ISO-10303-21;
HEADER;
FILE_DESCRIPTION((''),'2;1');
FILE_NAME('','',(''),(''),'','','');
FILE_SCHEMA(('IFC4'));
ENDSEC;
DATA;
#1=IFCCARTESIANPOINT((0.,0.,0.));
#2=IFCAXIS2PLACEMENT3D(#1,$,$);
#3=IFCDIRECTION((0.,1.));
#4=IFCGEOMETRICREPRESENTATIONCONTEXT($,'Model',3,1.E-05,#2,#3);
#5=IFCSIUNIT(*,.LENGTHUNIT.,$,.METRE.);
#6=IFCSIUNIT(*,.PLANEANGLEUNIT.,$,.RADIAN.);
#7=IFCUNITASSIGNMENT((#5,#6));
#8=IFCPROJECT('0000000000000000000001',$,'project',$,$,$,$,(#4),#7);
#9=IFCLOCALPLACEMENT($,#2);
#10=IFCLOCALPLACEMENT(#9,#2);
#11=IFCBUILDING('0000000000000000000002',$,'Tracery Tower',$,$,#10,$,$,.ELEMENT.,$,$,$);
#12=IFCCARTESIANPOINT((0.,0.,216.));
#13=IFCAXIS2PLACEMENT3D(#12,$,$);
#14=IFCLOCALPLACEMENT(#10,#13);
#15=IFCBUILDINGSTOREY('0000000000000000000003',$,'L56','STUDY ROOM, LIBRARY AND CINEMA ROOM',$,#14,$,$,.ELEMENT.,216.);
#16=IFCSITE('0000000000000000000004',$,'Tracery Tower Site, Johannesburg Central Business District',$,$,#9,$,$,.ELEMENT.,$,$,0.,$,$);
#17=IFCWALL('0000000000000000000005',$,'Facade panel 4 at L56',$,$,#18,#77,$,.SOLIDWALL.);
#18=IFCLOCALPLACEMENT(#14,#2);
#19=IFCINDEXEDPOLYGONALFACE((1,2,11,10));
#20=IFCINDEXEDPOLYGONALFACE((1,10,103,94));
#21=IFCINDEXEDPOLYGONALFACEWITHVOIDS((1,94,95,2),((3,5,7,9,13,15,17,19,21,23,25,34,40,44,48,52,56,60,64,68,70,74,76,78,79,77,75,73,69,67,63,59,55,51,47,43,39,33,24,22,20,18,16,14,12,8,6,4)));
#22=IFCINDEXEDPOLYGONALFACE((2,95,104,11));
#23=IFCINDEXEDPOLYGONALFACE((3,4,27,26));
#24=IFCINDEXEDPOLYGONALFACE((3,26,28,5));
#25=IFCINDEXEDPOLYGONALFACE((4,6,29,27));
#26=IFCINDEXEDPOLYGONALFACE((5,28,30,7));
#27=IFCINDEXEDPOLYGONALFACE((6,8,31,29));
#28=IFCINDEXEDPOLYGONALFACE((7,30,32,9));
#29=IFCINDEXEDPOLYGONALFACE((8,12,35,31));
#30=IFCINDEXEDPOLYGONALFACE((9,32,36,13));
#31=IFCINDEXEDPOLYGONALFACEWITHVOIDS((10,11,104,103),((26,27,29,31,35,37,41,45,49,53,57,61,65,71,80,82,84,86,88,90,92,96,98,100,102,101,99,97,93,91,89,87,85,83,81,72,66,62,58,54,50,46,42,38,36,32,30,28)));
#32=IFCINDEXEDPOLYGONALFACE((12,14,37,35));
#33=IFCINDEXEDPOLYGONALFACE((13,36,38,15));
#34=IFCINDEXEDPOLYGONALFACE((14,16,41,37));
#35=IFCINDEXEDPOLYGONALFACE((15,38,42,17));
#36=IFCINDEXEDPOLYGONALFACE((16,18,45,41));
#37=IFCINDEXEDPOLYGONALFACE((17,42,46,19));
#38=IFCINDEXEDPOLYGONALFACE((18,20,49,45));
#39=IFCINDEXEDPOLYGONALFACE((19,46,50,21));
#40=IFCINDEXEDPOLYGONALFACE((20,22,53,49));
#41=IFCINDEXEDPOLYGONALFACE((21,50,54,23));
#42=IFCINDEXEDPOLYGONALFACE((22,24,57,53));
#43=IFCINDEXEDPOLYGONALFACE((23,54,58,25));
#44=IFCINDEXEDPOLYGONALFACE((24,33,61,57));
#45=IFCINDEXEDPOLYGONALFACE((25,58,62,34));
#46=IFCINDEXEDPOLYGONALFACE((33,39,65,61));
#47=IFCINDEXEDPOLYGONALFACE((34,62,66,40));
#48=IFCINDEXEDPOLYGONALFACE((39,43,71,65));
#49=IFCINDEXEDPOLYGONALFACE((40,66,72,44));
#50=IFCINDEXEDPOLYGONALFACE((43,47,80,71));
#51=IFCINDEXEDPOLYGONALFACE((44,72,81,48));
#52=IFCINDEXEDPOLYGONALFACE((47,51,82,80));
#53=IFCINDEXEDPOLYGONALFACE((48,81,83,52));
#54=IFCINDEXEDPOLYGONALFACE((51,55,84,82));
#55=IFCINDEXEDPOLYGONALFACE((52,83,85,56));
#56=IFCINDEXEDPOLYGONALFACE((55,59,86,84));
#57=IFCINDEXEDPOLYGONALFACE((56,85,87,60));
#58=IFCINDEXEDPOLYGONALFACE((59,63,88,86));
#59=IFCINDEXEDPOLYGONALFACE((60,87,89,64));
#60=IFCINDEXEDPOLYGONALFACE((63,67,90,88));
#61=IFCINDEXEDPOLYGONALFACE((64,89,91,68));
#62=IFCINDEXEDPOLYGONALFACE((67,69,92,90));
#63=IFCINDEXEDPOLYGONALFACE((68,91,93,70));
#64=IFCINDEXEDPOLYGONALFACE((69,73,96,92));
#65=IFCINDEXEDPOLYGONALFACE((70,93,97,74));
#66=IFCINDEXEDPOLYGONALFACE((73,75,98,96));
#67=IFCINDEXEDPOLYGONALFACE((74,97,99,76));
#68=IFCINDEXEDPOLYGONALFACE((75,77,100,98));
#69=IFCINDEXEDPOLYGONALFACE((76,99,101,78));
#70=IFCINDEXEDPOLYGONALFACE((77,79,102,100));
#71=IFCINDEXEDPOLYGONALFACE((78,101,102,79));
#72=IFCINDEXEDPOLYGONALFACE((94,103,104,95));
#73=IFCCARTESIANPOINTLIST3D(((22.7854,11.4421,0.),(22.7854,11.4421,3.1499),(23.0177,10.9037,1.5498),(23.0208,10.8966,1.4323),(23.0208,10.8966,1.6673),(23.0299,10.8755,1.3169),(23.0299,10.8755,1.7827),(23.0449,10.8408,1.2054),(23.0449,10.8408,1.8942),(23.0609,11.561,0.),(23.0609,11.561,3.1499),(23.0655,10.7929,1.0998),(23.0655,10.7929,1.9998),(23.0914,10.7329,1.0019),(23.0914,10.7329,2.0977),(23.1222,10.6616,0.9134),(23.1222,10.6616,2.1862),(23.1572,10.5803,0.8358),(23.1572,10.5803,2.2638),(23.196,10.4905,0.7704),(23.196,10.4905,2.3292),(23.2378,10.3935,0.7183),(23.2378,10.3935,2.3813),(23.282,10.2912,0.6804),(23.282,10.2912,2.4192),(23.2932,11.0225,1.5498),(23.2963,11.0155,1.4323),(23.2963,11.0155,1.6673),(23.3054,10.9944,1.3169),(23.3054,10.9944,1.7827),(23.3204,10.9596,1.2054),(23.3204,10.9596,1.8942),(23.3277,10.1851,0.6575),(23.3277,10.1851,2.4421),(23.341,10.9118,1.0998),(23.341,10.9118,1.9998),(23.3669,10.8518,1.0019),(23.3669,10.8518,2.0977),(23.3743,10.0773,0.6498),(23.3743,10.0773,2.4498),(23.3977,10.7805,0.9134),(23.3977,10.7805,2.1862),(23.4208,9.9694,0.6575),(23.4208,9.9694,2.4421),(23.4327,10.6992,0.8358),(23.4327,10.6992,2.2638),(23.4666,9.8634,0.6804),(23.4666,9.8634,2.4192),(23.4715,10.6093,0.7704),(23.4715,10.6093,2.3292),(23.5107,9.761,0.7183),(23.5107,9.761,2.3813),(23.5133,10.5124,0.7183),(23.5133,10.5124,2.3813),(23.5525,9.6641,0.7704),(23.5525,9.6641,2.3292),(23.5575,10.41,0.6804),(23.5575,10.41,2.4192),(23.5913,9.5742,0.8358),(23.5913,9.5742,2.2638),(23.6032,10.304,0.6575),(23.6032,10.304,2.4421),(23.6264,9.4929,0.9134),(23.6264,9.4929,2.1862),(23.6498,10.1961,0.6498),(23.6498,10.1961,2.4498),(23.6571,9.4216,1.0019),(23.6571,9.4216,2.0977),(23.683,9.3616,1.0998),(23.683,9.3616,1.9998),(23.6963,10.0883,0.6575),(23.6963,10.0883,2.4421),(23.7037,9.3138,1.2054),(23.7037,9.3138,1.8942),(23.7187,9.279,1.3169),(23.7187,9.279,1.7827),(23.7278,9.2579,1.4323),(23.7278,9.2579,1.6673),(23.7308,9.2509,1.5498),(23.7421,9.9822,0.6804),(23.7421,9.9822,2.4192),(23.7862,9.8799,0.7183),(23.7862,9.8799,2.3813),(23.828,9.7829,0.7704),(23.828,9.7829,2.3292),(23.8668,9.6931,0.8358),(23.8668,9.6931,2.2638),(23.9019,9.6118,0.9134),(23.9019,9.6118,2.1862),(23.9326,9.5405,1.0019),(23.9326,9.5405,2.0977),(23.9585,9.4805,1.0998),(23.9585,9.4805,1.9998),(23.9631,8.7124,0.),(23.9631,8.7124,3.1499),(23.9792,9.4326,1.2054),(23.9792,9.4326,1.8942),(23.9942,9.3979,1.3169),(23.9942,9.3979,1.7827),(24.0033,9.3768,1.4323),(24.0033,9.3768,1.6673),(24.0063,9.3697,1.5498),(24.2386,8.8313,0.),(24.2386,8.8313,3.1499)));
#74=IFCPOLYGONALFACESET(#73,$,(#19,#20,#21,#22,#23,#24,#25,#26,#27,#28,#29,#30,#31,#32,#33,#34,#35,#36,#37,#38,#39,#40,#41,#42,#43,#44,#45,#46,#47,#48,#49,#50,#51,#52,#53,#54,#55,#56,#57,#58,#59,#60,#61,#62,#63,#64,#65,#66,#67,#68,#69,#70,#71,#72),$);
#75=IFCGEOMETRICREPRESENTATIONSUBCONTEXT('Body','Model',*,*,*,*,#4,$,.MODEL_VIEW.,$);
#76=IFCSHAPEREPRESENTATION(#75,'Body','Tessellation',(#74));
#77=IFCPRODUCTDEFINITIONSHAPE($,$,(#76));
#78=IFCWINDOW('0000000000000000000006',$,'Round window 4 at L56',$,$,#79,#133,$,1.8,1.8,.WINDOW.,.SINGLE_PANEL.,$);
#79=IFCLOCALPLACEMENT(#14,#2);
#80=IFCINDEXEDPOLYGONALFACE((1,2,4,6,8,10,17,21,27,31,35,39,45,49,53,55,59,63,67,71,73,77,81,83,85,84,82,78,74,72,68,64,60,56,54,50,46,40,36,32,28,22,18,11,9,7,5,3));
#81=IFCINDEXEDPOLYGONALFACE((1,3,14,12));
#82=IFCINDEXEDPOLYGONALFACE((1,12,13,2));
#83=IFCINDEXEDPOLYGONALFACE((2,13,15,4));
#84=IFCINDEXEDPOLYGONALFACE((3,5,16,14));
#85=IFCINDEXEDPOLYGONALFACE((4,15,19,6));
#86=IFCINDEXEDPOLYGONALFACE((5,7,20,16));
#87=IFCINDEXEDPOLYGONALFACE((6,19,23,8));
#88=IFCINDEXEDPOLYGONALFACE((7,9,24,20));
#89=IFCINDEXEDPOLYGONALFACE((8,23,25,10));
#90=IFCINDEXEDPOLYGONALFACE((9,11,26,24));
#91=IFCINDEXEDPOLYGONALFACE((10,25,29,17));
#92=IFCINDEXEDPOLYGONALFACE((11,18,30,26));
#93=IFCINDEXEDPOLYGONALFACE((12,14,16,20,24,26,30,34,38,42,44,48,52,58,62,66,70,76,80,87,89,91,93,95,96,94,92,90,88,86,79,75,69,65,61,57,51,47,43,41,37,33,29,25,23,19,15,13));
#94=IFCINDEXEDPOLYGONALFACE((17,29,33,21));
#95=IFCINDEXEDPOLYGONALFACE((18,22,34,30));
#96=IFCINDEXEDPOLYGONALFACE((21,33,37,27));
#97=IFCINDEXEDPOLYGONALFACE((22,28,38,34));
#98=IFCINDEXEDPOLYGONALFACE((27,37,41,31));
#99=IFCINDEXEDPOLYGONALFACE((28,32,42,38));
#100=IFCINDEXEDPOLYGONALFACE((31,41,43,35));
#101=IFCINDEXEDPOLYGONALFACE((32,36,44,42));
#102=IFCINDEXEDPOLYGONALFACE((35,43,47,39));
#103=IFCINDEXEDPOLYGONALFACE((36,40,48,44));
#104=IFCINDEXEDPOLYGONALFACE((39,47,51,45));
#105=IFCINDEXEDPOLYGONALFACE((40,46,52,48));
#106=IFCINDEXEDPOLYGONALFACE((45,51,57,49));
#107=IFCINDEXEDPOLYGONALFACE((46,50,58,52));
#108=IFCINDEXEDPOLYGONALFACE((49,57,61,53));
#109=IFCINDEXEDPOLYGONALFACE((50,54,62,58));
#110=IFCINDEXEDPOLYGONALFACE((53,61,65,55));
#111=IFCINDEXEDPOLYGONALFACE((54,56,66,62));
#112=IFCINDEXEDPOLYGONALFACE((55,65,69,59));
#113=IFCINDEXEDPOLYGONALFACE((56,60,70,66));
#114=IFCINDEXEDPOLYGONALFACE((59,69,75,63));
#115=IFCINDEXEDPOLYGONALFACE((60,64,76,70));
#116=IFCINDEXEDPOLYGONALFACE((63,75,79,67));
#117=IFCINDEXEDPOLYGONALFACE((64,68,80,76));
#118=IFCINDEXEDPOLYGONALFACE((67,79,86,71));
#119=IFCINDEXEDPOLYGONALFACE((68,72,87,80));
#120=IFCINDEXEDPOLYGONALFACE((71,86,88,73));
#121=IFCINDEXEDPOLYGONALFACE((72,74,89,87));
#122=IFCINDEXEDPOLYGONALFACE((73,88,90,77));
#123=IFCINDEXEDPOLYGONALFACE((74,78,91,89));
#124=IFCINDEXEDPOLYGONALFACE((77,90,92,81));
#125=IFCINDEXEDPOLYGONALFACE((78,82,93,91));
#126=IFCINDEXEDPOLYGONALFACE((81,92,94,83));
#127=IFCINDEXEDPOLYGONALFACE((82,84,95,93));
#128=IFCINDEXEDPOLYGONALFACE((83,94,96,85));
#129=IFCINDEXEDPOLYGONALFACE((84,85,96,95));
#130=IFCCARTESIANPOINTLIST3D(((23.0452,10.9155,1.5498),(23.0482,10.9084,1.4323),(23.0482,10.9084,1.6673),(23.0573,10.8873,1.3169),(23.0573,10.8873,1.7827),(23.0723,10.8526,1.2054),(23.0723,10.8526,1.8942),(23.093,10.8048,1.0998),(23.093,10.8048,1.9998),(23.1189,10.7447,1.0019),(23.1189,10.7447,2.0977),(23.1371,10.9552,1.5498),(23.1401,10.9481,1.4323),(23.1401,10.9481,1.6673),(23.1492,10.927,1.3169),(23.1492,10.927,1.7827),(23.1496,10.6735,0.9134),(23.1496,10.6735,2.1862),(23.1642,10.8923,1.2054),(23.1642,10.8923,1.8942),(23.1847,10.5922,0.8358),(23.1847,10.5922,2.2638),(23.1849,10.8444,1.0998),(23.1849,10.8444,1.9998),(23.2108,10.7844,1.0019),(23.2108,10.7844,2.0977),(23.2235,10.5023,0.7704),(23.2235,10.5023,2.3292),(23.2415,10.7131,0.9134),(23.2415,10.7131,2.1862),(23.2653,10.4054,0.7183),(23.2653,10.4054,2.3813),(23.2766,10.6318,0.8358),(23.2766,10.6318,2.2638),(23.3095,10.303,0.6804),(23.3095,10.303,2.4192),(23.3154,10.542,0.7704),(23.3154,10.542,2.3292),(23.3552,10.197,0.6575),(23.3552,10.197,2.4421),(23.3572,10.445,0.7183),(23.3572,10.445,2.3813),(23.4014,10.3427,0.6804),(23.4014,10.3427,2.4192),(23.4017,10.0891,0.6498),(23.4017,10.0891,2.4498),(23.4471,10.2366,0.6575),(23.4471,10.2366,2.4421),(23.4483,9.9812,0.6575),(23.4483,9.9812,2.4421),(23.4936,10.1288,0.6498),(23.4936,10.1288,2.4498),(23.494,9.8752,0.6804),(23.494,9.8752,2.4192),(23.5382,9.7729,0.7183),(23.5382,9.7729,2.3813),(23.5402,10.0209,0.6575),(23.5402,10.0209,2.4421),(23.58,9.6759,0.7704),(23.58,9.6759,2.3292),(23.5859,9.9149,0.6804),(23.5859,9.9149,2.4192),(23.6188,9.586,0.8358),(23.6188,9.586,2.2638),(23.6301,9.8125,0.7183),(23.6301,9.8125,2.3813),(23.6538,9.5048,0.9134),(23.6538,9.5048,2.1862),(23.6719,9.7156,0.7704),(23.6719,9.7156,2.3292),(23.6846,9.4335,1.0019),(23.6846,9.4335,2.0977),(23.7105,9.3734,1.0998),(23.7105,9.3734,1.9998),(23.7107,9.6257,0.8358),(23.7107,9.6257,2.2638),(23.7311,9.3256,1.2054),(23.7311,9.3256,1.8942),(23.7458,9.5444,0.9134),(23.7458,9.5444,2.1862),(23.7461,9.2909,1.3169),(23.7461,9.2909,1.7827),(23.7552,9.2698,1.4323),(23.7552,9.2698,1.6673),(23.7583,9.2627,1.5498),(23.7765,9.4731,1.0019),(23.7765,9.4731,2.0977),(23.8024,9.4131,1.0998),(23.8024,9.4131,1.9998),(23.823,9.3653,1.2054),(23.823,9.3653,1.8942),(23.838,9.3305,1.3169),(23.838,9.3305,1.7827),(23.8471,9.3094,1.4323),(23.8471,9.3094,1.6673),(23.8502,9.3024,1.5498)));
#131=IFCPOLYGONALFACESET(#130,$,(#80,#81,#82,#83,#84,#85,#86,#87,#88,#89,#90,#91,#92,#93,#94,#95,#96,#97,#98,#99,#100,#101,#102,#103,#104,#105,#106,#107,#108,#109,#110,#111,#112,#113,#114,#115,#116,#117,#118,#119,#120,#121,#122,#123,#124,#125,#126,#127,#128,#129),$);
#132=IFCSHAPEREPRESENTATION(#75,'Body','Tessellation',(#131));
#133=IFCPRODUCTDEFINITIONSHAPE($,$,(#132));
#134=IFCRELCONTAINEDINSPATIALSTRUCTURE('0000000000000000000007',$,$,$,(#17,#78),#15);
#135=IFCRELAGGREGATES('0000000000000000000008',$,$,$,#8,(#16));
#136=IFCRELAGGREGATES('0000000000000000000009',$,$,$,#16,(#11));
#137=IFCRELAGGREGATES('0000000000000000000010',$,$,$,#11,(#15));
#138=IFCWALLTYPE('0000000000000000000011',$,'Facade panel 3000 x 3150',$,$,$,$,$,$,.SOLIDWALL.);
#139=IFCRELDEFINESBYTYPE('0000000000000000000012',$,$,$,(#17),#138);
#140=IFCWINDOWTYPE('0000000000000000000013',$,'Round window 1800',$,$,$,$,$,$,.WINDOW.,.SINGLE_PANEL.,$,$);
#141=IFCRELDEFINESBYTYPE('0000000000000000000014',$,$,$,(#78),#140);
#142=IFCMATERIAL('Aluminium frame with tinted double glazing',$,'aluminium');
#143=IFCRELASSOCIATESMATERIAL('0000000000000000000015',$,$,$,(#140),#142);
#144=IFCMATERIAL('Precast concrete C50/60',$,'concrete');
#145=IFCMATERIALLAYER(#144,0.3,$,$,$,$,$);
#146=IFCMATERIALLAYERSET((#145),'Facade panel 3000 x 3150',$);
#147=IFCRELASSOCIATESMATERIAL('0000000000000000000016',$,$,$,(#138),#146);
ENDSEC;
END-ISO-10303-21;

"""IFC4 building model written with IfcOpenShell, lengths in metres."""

from ifc_helpers import new_model, si_unit, direction, frame, frame_2d, origin, origin_2d, place, context, subcontext, project, spatial, rectangle, circle, extrude, material, layer, layer_set, type_object, element, fill, save


model = new_model("IFC4")

# Units and contexts
model_context = context("Model", 3, precision=1e-05, world=origin(), true_north=direction((0.0, 1.0)))
body_context = subcontext(model_context, "Body", "Model", "MODEL_VIEW")
ifc_project = project(units=[si_unit("LENGTHUNIT", "METRE"), si_unit("PLANEANGLEUNIT", "RADIAN")], contexts=[model_context])

# Site, building, storey
site_placement = place(None, origin())
site = spatial("IfcSite", under=ifc_project, at=site_placement, Name="Tracery Tower Site, Johannesburg Central Business District", CompositionType="ELEMENT", RefElevation=0.0)
building_placement = place(site_placement, origin())
building = spatial("IfcBuilding", under=site, at=building_placement, Name="Tracery Tower", CompositionType="ELEMENT")
storey_placement = place(building_placement, frame((0.0, 0.0, 216.0)))
storey = spatial("IfcBuildingStorey", under=building, at=storey_placement, Name="L56", Description="STUDY ROOM, LIBRARY AND CINEMA ROOM", CompositionType="ELEMENT", Elevation=216.0)

# Wall, opening, window
ifc_material_1 = material(Name="Aluminium frame with tinted double glazing", Category="aluminium")
window_type = type_object("IfcWindowType", Name="Round window 1800", PartitioningType="SINGLE_PANEL", PredefinedType="WINDOW", material=ifc_material_1)
ifc_material_2 = material(Name="Precast concrete C50/60", Category="concrete")
ifc_layer_1 = layer(ifc_material_2, 0.3)
ifc_layer_set_1 = layer_set([ifc_layer_1], Name="Facade panel 3000 x 3150")
wall_type_1 = type_object("IfcWallType", Name="Facade panel 3000 x 3150", PredefinedType="SOLIDWALL", material=ifc_layer_set_1)
wall_1_placement = place(storey_placement, frame((24.1008, 8.772, 0.0), z_axis=(0.0, 0.0, 1.0), x_axis=(-0.396148, 0.918187, 0.0)))
wall_1 = element("IfcWall", 1, at=wall_1_placement, inside=storey, type_object=wall_type_1, Name="Facade panel 4 at L56", PredefinedType="SOLIDWALL", context=body_context, shape_type="SweptSolid", body=[
    extrude(rectangle(XDim=2.9729, YDim=0.3, at=frame_2d((1.4863, 0.0))), origin(), (0.0, 0.0, 1.0), 3.1499),
])
opening_1_placement = place(wall_1_placement, frame((1.4863, 0.0, 1.5498)))
opening_1 = element("IfcOpeningElement", 2, at=opening_1_placement, cuts=wall_1, PredefinedType="OPENING", context=body_context, shape_type="SweptSolid", body=[
    extrude(circle(Radius=0.9, at=origin_2d()), frame((0.0, 0.1599, 0.0), z_axis=(0.0, -1.0, 0.0), x_axis=(1.0, 0.0, 0.0)), (0.0, 0.0, 1.0), 0.3201),
])
window_1_placement = place(opening_1_placement, origin())
window_1 = element("IfcWindow", 3, at=window_1_placement, inside=storey, type_object=window_type, Name="Round window 4 at L56", OverallHeight=1.8, OverallWidth=1.8, PartitioningType="SINGLE_PANEL", PredefinedType="WINDOW", context=body_context, shape_type="SweptSolid", body=[
    extrude(circle(Radius=0.9, at=origin_2d()), frame((0.0, 0.1201, 0.0), z_axis=(0.0, -1.0, 0.0), x_axis=(1.0, 0.0, 0.0)), (0.0, 0.0, 1.0), 0.1001),
])
fill(opening_1, window_1)

save(model, "model.ifc")
